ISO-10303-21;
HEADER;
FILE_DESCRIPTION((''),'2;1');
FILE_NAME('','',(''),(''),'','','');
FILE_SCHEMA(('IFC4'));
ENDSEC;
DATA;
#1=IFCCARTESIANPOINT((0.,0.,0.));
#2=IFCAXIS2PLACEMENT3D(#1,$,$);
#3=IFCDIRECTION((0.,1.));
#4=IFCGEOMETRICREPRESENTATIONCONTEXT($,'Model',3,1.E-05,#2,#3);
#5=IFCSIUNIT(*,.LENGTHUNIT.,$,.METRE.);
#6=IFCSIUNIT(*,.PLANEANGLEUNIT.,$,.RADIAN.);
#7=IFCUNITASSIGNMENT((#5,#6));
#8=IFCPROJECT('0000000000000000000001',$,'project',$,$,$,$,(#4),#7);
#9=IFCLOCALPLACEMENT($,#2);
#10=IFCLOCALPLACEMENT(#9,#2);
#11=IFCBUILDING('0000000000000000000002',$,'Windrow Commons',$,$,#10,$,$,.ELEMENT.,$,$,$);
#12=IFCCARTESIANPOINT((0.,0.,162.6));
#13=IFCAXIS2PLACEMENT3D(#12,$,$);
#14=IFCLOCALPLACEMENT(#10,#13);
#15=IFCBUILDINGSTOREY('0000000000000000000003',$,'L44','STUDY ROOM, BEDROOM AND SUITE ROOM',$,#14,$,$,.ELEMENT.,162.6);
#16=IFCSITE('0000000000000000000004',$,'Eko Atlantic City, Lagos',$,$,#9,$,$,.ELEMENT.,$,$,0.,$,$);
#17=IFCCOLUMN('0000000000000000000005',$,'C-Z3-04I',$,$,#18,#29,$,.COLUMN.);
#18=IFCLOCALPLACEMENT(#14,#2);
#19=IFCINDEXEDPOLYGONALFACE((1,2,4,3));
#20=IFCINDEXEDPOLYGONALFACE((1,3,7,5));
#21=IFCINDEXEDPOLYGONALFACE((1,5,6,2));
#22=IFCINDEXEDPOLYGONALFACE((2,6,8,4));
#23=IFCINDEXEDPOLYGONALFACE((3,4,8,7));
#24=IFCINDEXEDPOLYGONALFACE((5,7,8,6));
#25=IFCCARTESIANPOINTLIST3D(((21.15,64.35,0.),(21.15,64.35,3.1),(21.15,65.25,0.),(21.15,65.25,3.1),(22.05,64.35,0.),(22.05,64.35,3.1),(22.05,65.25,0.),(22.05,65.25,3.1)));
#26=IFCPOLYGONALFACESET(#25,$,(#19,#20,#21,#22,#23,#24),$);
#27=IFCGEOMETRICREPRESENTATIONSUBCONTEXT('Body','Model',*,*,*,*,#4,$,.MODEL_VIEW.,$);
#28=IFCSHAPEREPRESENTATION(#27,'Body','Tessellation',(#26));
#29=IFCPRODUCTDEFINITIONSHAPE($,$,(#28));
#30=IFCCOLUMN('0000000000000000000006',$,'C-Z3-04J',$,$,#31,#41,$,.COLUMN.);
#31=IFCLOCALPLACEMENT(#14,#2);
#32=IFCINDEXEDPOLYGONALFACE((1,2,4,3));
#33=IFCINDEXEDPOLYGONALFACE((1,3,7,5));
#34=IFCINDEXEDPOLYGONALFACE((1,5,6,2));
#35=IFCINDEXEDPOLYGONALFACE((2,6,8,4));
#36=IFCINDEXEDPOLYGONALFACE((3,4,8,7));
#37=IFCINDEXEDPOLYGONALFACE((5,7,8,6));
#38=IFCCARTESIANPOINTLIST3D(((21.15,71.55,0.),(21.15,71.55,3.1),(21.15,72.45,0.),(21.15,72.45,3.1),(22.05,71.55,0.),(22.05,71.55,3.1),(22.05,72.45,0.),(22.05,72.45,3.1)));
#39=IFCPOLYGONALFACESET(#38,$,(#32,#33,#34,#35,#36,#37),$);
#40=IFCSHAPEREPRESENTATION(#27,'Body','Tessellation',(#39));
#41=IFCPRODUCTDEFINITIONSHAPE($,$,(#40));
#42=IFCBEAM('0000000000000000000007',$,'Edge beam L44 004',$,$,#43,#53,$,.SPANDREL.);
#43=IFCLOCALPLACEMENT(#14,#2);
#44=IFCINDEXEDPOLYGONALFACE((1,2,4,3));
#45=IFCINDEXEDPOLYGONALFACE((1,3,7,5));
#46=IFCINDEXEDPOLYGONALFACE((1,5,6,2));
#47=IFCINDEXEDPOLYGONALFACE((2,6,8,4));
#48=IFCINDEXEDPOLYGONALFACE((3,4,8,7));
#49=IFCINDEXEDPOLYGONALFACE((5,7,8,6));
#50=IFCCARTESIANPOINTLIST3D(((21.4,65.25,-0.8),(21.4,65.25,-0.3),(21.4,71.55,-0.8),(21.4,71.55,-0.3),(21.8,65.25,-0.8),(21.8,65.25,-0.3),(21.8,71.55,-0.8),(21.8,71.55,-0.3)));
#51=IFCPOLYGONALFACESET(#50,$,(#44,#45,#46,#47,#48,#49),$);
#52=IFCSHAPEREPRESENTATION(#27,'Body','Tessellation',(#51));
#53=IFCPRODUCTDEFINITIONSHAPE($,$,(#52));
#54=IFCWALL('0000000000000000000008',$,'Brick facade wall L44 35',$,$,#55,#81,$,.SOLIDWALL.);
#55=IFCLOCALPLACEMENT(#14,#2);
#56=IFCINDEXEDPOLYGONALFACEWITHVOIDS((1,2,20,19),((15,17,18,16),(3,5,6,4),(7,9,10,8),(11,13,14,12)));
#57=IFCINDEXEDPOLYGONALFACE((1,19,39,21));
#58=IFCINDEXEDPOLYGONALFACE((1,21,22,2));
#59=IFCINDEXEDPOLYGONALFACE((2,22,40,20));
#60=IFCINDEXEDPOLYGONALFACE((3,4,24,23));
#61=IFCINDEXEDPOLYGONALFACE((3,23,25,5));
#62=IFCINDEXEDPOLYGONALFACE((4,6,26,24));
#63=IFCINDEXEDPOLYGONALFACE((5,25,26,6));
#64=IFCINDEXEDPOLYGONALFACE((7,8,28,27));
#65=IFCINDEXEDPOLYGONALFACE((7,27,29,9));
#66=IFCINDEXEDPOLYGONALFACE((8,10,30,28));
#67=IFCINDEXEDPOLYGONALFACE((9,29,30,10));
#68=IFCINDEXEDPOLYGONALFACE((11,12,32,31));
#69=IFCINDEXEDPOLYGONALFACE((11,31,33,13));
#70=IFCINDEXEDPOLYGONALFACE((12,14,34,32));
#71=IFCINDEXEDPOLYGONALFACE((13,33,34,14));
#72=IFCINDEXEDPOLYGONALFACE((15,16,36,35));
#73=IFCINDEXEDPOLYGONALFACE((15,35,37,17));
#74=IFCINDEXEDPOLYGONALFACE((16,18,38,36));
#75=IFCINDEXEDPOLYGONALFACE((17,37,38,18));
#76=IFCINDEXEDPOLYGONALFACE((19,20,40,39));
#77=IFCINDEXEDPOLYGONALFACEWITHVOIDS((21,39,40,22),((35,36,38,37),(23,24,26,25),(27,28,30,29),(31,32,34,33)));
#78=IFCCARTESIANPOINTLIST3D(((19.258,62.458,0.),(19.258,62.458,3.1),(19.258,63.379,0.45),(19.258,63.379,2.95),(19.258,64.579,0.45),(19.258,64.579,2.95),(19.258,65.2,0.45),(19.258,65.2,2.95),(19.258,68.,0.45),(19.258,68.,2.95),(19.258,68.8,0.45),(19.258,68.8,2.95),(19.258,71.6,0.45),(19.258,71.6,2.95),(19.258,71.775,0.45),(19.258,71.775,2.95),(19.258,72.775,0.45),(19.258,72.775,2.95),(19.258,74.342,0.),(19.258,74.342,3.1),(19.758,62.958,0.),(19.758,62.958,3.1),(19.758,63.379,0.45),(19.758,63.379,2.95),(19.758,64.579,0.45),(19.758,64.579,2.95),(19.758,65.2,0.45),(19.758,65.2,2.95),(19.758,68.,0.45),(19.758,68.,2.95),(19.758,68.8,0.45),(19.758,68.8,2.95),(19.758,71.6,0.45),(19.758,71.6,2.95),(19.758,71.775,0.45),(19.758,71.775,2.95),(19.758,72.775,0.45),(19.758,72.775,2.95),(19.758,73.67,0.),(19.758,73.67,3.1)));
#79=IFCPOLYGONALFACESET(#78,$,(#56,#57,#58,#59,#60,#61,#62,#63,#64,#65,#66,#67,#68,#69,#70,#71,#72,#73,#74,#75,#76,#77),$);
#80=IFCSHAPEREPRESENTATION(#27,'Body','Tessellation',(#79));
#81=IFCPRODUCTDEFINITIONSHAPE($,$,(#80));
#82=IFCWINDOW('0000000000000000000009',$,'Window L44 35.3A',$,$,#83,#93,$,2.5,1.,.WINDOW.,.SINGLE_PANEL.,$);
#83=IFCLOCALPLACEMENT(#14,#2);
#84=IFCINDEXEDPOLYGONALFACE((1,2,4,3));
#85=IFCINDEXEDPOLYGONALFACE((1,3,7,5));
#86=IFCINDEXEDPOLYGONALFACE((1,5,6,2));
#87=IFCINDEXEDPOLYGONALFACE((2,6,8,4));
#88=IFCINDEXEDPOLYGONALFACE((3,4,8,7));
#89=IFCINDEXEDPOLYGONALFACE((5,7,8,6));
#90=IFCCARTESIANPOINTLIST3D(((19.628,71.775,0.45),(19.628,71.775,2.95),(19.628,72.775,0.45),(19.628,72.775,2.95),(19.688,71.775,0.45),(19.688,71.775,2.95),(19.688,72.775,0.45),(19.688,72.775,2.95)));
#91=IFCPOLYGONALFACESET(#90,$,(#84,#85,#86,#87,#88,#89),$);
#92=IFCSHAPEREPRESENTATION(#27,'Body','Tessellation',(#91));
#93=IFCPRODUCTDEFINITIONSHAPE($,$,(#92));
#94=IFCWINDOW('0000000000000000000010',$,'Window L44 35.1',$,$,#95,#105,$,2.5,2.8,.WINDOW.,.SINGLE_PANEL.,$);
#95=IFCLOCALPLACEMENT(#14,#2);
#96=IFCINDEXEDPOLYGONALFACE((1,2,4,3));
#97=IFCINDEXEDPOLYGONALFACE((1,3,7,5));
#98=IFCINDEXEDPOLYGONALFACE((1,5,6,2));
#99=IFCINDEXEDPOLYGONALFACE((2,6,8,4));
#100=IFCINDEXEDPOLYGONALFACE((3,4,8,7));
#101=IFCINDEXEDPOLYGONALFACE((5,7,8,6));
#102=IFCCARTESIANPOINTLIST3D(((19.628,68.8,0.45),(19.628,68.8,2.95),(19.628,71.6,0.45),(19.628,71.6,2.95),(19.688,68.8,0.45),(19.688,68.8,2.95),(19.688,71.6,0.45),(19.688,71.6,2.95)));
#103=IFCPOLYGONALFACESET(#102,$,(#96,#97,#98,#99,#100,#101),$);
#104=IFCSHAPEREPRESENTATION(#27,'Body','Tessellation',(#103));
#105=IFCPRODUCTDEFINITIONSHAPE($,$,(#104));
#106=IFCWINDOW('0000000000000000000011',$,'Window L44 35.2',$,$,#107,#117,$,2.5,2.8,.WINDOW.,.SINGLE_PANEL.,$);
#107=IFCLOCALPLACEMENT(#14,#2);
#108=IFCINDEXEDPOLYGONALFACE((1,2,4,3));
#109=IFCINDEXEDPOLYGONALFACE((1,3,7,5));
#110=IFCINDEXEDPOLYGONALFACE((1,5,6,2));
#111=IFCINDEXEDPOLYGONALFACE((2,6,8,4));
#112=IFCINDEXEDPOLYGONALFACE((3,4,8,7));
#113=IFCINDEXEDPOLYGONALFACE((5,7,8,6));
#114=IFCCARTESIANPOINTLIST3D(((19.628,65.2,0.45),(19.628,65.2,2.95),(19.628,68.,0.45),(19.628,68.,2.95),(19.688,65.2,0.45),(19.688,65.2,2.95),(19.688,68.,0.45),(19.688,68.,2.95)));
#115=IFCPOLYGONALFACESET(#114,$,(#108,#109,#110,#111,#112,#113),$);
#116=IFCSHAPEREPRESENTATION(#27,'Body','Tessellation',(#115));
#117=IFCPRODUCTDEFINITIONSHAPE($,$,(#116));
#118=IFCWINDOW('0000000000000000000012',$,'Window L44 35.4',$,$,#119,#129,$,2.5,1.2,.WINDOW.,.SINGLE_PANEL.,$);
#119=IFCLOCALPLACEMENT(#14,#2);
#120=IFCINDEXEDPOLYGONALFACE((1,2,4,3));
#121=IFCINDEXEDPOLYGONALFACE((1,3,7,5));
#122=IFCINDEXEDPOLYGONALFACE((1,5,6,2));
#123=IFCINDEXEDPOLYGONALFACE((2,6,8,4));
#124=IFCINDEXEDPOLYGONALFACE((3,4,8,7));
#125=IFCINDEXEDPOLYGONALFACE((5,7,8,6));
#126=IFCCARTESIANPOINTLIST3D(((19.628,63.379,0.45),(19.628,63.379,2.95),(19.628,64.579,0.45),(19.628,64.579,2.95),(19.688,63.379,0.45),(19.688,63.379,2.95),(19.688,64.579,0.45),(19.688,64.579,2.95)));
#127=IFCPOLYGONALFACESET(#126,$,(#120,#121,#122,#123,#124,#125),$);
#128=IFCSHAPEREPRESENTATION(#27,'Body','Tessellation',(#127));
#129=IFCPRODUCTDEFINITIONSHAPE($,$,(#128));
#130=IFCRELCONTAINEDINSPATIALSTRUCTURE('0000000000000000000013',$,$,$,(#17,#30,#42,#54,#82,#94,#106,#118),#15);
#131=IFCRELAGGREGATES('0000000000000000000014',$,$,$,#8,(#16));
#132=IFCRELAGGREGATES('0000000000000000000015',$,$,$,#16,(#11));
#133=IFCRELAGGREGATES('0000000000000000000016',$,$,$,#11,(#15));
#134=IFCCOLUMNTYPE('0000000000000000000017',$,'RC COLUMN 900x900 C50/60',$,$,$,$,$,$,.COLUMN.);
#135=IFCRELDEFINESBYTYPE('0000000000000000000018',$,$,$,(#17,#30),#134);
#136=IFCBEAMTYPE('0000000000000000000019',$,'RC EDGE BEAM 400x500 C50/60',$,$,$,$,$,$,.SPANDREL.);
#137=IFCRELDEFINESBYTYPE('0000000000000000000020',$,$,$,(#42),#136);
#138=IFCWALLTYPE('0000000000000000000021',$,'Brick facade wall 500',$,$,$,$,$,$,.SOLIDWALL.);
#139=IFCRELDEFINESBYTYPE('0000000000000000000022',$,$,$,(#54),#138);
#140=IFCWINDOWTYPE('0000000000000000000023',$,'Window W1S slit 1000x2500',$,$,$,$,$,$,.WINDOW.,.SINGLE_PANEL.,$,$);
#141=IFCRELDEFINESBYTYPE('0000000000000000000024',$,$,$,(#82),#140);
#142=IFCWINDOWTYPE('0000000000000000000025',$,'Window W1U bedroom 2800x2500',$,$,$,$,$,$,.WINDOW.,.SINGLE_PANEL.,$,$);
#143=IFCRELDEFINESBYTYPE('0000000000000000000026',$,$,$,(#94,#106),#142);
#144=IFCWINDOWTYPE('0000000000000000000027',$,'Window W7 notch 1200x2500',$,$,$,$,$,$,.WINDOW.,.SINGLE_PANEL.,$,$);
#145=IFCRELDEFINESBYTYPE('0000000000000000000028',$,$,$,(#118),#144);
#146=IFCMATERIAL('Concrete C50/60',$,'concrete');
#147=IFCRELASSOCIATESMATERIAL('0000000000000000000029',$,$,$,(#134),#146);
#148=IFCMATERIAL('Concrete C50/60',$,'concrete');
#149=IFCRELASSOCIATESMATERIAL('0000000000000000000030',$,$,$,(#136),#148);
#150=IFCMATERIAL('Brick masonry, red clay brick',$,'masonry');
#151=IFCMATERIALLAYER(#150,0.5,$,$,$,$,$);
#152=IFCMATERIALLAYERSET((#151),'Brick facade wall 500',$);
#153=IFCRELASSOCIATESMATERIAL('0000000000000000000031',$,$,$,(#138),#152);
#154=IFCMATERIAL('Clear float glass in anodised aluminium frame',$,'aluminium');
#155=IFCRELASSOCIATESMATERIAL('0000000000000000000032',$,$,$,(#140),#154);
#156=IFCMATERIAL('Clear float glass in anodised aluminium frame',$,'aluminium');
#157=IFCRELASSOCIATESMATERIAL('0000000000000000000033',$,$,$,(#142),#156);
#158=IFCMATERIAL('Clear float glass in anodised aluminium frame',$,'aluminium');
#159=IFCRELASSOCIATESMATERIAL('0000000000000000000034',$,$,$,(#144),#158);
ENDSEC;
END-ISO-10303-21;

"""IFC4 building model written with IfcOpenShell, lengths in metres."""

from ifc_helpers import new_model, si_unit, direction, frame, frame_2d, origin, origin_2d, place, context, subcontext, project, spatial, polyline, rectangle, outline, extrude, material, layer, layer_set, material_profile, profile_set, type_object, element, fill, save


model = new_model("IFC4")

# Units and contexts
model_context = context("Model", 3, precision=1e-05, world=origin(), true_north=direction((0.0, 1.0)))
body_context = subcontext(model_context, "Body", "Model", "MODEL_VIEW")
ifc_project = project(units=[si_unit("LENGTHUNIT", "METRE"), si_unit("PLANEANGLEUNIT", "RADIAN")], contexts=[model_context])

# Site, building, storey
site_placement = place(None, origin())
site = spatial("IfcSite", under=ifc_project, at=site_placement, Name="Eko Atlantic City, Lagos", CompositionType="ELEMENT", RefElevation=0.0)
building_placement = place(site_placement, origin())
building = spatial("IfcBuilding", under=site, at=building_placement, Name="Windrow Commons", CompositionType="ELEMENT")
storey_placement = place(building_placement, frame((0.0, 0.0, 162.6)))
storey = spatial("IfcBuildingStorey", under=building, at=storey_placement, Name="L44", Description="STUDY ROOM, BEDROOM AND SUITE ROOM", CompositionType="ELEMENT", Elevation=162.6)

# Columns
ifc_material_1 = material(Name="Concrete C50/60", Category="concrete")
ifc_material_profile_1 = material_profile(ifc_material_1, rectangle(XDim=0.9, YDim=0.9, at=origin_2d()))
ifc_profile_set_1 = profile_set([ifc_material_profile_1], Name="Concrete C50/60")
column_type = type_object("IfcColumnType", Name="RC COLUMN 900x900 C50/60", PredefinedType="COLUMN", material=ifc_profile_set_1)
for number, where, z_axis, x_axis, name in (
    (1, (21.6, 64.8, 0.0), (0.0, 0.0, 1.0), (1.0, 0.0, 0.0), "C-Z3-04I"),
    (2, (21.6, 72.0, 0.0), (0.0, 0.0, 1.0), (1.0, 0.0, 0.0), "C-Z3-04J"),
):
    element("IfcColumn", number, at=place(storey_placement, frame(where, z_axis=z_axis, x_axis=x_axis)), inside=storey, type_object=column_type, Name=name, PredefinedType="COLUMN", context=body_context, shape_type="SweptSolid", body=[
        extrude(rectangle(XDim=0.9, YDim=0.9, at=origin_2d()), origin(), (0.0, 0.0, 1.0), 3.1),
    ])

# Beam
ifc_material_2 = material(Name="Concrete C50/60", Category="concrete")
ifc_material_profile_2 = material_profile(ifc_material_2, rectangle(XDim=0.4, YDim=0.5, at=origin_2d()))
ifc_profile_set_2 = profile_set([ifc_material_profile_2], Name="Concrete C50/60")
beam_type = type_object("IfcBeamType", Name="RC EDGE BEAM 400x500 C50/60", PredefinedType="SPANDREL", material=ifc_profile_set_2)
beam_placement = place(storey_placement, frame((21.6, 65.25, -0.55), z_axis=(0.0, 1.0, 0.0), x_axis=(-1.0, 0.0, 0.0)))
element("IfcBeam", 3, at=beam_placement, inside=storey, type_object=beam_type, Name="Edge beam L44 004", PredefinedType="SPANDREL", context=body_context, shape_type="SweptSolid", body=[
    extrude(rectangle(XDim=0.4, YDim=0.5, at=origin_2d()), origin(), (0.0, 0.0, 1.0), 6.3),
])

# Wall, openings, windows
ifc_material_3 = material(Name="Brick masonry, red clay brick", Category="masonry")
ifc_layer_1 = layer(ifc_material_3, 0.5)
ifc_layer_set_1 = layer_set([ifc_layer_1], Name="Brick facade wall 500")
wall_type_1 = type_object("IfcWallType", Name="Brick facade wall 500", PredefinedType="SOLIDWALL", material=ifc_layer_set_1)
wall_1_placement = place(storey_placement, frame((19.508, 74.006, 0.0), z_axis=(0.0, 0.0, 1.0), x_axis=(0.0, -1.0, 0.0)))
wall_1 = element("IfcWall", 4, at=wall_1_placement, inside=storey, type_object=wall_type_1, Name="Brick facade wall L44 35", PredefinedType="SOLIDWALL", context=body_context, shape_type="SweptSolid", body=[
    extrude(outline(polyline([(-0.336, -0.25), (11.548, -0.25), (11.048, 0.25), (0.336, 0.25), (-0.336, -0.25)])), origin(), (0.0, 0.0, 1.0), 3.1),
])
opening_1_placement = place(wall_1_placement, frame((2.406, 0.0, 0.45)))
opening_1 = element("IfcOpeningElement", 5, at=opening_1_placement, cuts=wall_1, PredefinedType="OPENING", context=body_context, shape_type="SweptSolid", body=[
    extrude(rectangle(XDim=2.8, YDim=2.5, at=frame_2d((1.4, 1.25))), frame((0.0, 0.26, 0.0), z_axis=(0.0, -1.0, 0.0), x_axis=(1.0, 0.0, 0.0)), (0.0, 0.0, 1.0), 0.52),
])
opening_2_placement = place(wall_1_placement, frame((6.006, 0.0, 0.45)))
opening_2 = element("IfcOpeningElement", 6, at=opening_2_placement, cuts=wall_1, PredefinedType="OPENING", context=body_context, shape_type="SweptSolid", body=[
    extrude(rectangle(XDim=2.8, YDim=2.5, at=frame_2d((1.4, 1.25))), frame((0.0, 0.26, 0.0), z_axis=(0.0, -1.0, 0.0), x_axis=(1.0, 0.0, 0.0)), (0.0, 0.0, 1.0), 0.52),
])
opening_3_placement = place(wall_1_placement, frame((9.427, 0.0, 0.45)))
opening_3 = element("IfcOpeningElement", 7, at=opening_3_placement, cuts=wall_1, PredefinedType="OPENING", context=body_context, shape_type="SweptSolid", body=[
    extrude(rectangle(XDim=1.2, YDim=2.5, at=frame_2d((0.6, 1.25))), frame((0.0, 0.26, 0.0), z_axis=(0.0, -1.0, 0.0), x_axis=(1.0, 0.0, 0.0)), (0.0, 0.0, 1.0), 0.52),
])
opening_4_placement = place(wall_1_placement, frame((1.231, 0.0, 0.45)))
opening_4 = element("IfcOpeningElement", 8, at=opening_4_placement, cuts=wall_1, PredefinedType="OPENING", context=body_context, shape_type="SweptSolid", body=[
    extrude(rectangle(XDim=1.0, YDim=2.5, at=frame_2d((0.5, 1.25))), frame((0.0, 0.26, 0.0), z_axis=(0.0, -1.0, 0.0), x_axis=(1.0, 0.0, 0.0)), (0.0, 0.0, 1.0), 0.52),
])
ifc_material_4 = material(Name="Clear float glass in anodised aluminium frame", Category="aluminium")
window_type_1 = type_object("IfcWindowType", Name="Window W1S slit 1000x2500", PartitioningType="SINGLE_PANEL", PredefinedType="WINDOW", material=ifc_material_4)
window_1_placement = place(opening_4_placement, origin())
window_1 = element("IfcWindow", 9, at=window_1_placement, inside=storey, type_object=window_type_1, Name="Window L44 35.3A", OverallHeight=2.5, OverallWidth=1.0, PartitioningType="SINGLE_PANEL", PredefinedType="WINDOW", context=body_context, shape_type="SweptSolid", body=[
    extrude(rectangle(XDim=1.0, YDim=2.5, at=frame_2d((0.5, 1.25))), frame((0.0, 0.18, 0.0), z_axis=(0.0, -1.0, 0.0), x_axis=(1.0, 0.0, 0.0)), (0.0, 0.0, 1.0), 0.06),
])
fill(opening_4, window_1)
ifc_material_5 = material(Name="Clear float glass in anodised aluminium frame", Category="aluminium")
window_type_2 = type_object("IfcWindowType", Name="Window W1U bedroom 2800x2500", PartitioningType="SINGLE_PANEL", PredefinedType="WINDOW", material=ifc_material_5)
window_2_placement = place(opening_1_placement, origin())
window_2 = element("IfcWindow", 10, at=window_2_placement, inside=storey, type_object=window_type_2, Name="Window L44 35.1", OverallHeight=2.5, OverallWidth=2.8, PartitioningType="SINGLE_PANEL", PredefinedType="WINDOW", context=body_context, shape_type="SweptSolid", body=[
    extrude(rectangle(XDim=2.8, YDim=2.5, at=frame_2d((1.4, 1.25))), frame((0.0, 0.18, 0.0), z_axis=(0.0, -1.0, 0.0), x_axis=(1.0, 0.0, 0.0)), (0.0, 0.0, 1.0), 0.06),
])
fill(opening_1, window_2)
window_3_placement = place(opening_2_placement, origin())
window_3 = element("IfcWindow", 11, at=window_3_placement, inside=storey, type_object=window_type_2, Name="Window L44 35.2", OverallHeight=2.5, OverallWidth=2.8, PartitioningType="SINGLE_PANEL", PredefinedType="WINDOW", context=body_context, shape_type="SweptSolid", body=[
    extrude(rectangle(XDim=2.8, YDim=2.5, at=frame_2d((1.4, 1.25))), frame((0.0, 0.18, 0.0), z_axis=(0.0, -1.0, 0.0), x_axis=(1.0, 0.0, 0.0)), (0.0, 0.0, 1.0), 0.06),
])
fill(opening_2, window_3)
ifc_material_6 = material(Name="Clear float glass in anodised aluminium frame", Category="aluminium")
window_type_3 = type_object("IfcWindowType", Name="Window W7 notch 1200x2500", PartitioningType="SINGLE_PANEL", PredefinedType="WINDOW", material=ifc_material_6)
window_4_placement = place(opening_3_placement, origin())
window_4 = element("IfcWindow", 12, at=window_4_placement, inside=storey, type_object=window_type_3, Name="Window L44 35.4", OverallHeight=2.5, OverallWidth=1.2, PartitioningType="SINGLE_PANEL", PredefinedType="WINDOW", context=body_context, shape_type="SweptSolid", body=[
    extrude(rectangle(XDim=1.2, YDim=2.5, at=frame_2d((0.6, 1.25))), frame((0.0, 0.18, 0.0), z_axis=(0.0, -1.0, 0.0), x_axis=(1.0, 0.0, 0.0)), (0.0, 0.0, 1.0), 0.06),
])
fill(opening_3, window_4)

save(model, "model.ifc")
